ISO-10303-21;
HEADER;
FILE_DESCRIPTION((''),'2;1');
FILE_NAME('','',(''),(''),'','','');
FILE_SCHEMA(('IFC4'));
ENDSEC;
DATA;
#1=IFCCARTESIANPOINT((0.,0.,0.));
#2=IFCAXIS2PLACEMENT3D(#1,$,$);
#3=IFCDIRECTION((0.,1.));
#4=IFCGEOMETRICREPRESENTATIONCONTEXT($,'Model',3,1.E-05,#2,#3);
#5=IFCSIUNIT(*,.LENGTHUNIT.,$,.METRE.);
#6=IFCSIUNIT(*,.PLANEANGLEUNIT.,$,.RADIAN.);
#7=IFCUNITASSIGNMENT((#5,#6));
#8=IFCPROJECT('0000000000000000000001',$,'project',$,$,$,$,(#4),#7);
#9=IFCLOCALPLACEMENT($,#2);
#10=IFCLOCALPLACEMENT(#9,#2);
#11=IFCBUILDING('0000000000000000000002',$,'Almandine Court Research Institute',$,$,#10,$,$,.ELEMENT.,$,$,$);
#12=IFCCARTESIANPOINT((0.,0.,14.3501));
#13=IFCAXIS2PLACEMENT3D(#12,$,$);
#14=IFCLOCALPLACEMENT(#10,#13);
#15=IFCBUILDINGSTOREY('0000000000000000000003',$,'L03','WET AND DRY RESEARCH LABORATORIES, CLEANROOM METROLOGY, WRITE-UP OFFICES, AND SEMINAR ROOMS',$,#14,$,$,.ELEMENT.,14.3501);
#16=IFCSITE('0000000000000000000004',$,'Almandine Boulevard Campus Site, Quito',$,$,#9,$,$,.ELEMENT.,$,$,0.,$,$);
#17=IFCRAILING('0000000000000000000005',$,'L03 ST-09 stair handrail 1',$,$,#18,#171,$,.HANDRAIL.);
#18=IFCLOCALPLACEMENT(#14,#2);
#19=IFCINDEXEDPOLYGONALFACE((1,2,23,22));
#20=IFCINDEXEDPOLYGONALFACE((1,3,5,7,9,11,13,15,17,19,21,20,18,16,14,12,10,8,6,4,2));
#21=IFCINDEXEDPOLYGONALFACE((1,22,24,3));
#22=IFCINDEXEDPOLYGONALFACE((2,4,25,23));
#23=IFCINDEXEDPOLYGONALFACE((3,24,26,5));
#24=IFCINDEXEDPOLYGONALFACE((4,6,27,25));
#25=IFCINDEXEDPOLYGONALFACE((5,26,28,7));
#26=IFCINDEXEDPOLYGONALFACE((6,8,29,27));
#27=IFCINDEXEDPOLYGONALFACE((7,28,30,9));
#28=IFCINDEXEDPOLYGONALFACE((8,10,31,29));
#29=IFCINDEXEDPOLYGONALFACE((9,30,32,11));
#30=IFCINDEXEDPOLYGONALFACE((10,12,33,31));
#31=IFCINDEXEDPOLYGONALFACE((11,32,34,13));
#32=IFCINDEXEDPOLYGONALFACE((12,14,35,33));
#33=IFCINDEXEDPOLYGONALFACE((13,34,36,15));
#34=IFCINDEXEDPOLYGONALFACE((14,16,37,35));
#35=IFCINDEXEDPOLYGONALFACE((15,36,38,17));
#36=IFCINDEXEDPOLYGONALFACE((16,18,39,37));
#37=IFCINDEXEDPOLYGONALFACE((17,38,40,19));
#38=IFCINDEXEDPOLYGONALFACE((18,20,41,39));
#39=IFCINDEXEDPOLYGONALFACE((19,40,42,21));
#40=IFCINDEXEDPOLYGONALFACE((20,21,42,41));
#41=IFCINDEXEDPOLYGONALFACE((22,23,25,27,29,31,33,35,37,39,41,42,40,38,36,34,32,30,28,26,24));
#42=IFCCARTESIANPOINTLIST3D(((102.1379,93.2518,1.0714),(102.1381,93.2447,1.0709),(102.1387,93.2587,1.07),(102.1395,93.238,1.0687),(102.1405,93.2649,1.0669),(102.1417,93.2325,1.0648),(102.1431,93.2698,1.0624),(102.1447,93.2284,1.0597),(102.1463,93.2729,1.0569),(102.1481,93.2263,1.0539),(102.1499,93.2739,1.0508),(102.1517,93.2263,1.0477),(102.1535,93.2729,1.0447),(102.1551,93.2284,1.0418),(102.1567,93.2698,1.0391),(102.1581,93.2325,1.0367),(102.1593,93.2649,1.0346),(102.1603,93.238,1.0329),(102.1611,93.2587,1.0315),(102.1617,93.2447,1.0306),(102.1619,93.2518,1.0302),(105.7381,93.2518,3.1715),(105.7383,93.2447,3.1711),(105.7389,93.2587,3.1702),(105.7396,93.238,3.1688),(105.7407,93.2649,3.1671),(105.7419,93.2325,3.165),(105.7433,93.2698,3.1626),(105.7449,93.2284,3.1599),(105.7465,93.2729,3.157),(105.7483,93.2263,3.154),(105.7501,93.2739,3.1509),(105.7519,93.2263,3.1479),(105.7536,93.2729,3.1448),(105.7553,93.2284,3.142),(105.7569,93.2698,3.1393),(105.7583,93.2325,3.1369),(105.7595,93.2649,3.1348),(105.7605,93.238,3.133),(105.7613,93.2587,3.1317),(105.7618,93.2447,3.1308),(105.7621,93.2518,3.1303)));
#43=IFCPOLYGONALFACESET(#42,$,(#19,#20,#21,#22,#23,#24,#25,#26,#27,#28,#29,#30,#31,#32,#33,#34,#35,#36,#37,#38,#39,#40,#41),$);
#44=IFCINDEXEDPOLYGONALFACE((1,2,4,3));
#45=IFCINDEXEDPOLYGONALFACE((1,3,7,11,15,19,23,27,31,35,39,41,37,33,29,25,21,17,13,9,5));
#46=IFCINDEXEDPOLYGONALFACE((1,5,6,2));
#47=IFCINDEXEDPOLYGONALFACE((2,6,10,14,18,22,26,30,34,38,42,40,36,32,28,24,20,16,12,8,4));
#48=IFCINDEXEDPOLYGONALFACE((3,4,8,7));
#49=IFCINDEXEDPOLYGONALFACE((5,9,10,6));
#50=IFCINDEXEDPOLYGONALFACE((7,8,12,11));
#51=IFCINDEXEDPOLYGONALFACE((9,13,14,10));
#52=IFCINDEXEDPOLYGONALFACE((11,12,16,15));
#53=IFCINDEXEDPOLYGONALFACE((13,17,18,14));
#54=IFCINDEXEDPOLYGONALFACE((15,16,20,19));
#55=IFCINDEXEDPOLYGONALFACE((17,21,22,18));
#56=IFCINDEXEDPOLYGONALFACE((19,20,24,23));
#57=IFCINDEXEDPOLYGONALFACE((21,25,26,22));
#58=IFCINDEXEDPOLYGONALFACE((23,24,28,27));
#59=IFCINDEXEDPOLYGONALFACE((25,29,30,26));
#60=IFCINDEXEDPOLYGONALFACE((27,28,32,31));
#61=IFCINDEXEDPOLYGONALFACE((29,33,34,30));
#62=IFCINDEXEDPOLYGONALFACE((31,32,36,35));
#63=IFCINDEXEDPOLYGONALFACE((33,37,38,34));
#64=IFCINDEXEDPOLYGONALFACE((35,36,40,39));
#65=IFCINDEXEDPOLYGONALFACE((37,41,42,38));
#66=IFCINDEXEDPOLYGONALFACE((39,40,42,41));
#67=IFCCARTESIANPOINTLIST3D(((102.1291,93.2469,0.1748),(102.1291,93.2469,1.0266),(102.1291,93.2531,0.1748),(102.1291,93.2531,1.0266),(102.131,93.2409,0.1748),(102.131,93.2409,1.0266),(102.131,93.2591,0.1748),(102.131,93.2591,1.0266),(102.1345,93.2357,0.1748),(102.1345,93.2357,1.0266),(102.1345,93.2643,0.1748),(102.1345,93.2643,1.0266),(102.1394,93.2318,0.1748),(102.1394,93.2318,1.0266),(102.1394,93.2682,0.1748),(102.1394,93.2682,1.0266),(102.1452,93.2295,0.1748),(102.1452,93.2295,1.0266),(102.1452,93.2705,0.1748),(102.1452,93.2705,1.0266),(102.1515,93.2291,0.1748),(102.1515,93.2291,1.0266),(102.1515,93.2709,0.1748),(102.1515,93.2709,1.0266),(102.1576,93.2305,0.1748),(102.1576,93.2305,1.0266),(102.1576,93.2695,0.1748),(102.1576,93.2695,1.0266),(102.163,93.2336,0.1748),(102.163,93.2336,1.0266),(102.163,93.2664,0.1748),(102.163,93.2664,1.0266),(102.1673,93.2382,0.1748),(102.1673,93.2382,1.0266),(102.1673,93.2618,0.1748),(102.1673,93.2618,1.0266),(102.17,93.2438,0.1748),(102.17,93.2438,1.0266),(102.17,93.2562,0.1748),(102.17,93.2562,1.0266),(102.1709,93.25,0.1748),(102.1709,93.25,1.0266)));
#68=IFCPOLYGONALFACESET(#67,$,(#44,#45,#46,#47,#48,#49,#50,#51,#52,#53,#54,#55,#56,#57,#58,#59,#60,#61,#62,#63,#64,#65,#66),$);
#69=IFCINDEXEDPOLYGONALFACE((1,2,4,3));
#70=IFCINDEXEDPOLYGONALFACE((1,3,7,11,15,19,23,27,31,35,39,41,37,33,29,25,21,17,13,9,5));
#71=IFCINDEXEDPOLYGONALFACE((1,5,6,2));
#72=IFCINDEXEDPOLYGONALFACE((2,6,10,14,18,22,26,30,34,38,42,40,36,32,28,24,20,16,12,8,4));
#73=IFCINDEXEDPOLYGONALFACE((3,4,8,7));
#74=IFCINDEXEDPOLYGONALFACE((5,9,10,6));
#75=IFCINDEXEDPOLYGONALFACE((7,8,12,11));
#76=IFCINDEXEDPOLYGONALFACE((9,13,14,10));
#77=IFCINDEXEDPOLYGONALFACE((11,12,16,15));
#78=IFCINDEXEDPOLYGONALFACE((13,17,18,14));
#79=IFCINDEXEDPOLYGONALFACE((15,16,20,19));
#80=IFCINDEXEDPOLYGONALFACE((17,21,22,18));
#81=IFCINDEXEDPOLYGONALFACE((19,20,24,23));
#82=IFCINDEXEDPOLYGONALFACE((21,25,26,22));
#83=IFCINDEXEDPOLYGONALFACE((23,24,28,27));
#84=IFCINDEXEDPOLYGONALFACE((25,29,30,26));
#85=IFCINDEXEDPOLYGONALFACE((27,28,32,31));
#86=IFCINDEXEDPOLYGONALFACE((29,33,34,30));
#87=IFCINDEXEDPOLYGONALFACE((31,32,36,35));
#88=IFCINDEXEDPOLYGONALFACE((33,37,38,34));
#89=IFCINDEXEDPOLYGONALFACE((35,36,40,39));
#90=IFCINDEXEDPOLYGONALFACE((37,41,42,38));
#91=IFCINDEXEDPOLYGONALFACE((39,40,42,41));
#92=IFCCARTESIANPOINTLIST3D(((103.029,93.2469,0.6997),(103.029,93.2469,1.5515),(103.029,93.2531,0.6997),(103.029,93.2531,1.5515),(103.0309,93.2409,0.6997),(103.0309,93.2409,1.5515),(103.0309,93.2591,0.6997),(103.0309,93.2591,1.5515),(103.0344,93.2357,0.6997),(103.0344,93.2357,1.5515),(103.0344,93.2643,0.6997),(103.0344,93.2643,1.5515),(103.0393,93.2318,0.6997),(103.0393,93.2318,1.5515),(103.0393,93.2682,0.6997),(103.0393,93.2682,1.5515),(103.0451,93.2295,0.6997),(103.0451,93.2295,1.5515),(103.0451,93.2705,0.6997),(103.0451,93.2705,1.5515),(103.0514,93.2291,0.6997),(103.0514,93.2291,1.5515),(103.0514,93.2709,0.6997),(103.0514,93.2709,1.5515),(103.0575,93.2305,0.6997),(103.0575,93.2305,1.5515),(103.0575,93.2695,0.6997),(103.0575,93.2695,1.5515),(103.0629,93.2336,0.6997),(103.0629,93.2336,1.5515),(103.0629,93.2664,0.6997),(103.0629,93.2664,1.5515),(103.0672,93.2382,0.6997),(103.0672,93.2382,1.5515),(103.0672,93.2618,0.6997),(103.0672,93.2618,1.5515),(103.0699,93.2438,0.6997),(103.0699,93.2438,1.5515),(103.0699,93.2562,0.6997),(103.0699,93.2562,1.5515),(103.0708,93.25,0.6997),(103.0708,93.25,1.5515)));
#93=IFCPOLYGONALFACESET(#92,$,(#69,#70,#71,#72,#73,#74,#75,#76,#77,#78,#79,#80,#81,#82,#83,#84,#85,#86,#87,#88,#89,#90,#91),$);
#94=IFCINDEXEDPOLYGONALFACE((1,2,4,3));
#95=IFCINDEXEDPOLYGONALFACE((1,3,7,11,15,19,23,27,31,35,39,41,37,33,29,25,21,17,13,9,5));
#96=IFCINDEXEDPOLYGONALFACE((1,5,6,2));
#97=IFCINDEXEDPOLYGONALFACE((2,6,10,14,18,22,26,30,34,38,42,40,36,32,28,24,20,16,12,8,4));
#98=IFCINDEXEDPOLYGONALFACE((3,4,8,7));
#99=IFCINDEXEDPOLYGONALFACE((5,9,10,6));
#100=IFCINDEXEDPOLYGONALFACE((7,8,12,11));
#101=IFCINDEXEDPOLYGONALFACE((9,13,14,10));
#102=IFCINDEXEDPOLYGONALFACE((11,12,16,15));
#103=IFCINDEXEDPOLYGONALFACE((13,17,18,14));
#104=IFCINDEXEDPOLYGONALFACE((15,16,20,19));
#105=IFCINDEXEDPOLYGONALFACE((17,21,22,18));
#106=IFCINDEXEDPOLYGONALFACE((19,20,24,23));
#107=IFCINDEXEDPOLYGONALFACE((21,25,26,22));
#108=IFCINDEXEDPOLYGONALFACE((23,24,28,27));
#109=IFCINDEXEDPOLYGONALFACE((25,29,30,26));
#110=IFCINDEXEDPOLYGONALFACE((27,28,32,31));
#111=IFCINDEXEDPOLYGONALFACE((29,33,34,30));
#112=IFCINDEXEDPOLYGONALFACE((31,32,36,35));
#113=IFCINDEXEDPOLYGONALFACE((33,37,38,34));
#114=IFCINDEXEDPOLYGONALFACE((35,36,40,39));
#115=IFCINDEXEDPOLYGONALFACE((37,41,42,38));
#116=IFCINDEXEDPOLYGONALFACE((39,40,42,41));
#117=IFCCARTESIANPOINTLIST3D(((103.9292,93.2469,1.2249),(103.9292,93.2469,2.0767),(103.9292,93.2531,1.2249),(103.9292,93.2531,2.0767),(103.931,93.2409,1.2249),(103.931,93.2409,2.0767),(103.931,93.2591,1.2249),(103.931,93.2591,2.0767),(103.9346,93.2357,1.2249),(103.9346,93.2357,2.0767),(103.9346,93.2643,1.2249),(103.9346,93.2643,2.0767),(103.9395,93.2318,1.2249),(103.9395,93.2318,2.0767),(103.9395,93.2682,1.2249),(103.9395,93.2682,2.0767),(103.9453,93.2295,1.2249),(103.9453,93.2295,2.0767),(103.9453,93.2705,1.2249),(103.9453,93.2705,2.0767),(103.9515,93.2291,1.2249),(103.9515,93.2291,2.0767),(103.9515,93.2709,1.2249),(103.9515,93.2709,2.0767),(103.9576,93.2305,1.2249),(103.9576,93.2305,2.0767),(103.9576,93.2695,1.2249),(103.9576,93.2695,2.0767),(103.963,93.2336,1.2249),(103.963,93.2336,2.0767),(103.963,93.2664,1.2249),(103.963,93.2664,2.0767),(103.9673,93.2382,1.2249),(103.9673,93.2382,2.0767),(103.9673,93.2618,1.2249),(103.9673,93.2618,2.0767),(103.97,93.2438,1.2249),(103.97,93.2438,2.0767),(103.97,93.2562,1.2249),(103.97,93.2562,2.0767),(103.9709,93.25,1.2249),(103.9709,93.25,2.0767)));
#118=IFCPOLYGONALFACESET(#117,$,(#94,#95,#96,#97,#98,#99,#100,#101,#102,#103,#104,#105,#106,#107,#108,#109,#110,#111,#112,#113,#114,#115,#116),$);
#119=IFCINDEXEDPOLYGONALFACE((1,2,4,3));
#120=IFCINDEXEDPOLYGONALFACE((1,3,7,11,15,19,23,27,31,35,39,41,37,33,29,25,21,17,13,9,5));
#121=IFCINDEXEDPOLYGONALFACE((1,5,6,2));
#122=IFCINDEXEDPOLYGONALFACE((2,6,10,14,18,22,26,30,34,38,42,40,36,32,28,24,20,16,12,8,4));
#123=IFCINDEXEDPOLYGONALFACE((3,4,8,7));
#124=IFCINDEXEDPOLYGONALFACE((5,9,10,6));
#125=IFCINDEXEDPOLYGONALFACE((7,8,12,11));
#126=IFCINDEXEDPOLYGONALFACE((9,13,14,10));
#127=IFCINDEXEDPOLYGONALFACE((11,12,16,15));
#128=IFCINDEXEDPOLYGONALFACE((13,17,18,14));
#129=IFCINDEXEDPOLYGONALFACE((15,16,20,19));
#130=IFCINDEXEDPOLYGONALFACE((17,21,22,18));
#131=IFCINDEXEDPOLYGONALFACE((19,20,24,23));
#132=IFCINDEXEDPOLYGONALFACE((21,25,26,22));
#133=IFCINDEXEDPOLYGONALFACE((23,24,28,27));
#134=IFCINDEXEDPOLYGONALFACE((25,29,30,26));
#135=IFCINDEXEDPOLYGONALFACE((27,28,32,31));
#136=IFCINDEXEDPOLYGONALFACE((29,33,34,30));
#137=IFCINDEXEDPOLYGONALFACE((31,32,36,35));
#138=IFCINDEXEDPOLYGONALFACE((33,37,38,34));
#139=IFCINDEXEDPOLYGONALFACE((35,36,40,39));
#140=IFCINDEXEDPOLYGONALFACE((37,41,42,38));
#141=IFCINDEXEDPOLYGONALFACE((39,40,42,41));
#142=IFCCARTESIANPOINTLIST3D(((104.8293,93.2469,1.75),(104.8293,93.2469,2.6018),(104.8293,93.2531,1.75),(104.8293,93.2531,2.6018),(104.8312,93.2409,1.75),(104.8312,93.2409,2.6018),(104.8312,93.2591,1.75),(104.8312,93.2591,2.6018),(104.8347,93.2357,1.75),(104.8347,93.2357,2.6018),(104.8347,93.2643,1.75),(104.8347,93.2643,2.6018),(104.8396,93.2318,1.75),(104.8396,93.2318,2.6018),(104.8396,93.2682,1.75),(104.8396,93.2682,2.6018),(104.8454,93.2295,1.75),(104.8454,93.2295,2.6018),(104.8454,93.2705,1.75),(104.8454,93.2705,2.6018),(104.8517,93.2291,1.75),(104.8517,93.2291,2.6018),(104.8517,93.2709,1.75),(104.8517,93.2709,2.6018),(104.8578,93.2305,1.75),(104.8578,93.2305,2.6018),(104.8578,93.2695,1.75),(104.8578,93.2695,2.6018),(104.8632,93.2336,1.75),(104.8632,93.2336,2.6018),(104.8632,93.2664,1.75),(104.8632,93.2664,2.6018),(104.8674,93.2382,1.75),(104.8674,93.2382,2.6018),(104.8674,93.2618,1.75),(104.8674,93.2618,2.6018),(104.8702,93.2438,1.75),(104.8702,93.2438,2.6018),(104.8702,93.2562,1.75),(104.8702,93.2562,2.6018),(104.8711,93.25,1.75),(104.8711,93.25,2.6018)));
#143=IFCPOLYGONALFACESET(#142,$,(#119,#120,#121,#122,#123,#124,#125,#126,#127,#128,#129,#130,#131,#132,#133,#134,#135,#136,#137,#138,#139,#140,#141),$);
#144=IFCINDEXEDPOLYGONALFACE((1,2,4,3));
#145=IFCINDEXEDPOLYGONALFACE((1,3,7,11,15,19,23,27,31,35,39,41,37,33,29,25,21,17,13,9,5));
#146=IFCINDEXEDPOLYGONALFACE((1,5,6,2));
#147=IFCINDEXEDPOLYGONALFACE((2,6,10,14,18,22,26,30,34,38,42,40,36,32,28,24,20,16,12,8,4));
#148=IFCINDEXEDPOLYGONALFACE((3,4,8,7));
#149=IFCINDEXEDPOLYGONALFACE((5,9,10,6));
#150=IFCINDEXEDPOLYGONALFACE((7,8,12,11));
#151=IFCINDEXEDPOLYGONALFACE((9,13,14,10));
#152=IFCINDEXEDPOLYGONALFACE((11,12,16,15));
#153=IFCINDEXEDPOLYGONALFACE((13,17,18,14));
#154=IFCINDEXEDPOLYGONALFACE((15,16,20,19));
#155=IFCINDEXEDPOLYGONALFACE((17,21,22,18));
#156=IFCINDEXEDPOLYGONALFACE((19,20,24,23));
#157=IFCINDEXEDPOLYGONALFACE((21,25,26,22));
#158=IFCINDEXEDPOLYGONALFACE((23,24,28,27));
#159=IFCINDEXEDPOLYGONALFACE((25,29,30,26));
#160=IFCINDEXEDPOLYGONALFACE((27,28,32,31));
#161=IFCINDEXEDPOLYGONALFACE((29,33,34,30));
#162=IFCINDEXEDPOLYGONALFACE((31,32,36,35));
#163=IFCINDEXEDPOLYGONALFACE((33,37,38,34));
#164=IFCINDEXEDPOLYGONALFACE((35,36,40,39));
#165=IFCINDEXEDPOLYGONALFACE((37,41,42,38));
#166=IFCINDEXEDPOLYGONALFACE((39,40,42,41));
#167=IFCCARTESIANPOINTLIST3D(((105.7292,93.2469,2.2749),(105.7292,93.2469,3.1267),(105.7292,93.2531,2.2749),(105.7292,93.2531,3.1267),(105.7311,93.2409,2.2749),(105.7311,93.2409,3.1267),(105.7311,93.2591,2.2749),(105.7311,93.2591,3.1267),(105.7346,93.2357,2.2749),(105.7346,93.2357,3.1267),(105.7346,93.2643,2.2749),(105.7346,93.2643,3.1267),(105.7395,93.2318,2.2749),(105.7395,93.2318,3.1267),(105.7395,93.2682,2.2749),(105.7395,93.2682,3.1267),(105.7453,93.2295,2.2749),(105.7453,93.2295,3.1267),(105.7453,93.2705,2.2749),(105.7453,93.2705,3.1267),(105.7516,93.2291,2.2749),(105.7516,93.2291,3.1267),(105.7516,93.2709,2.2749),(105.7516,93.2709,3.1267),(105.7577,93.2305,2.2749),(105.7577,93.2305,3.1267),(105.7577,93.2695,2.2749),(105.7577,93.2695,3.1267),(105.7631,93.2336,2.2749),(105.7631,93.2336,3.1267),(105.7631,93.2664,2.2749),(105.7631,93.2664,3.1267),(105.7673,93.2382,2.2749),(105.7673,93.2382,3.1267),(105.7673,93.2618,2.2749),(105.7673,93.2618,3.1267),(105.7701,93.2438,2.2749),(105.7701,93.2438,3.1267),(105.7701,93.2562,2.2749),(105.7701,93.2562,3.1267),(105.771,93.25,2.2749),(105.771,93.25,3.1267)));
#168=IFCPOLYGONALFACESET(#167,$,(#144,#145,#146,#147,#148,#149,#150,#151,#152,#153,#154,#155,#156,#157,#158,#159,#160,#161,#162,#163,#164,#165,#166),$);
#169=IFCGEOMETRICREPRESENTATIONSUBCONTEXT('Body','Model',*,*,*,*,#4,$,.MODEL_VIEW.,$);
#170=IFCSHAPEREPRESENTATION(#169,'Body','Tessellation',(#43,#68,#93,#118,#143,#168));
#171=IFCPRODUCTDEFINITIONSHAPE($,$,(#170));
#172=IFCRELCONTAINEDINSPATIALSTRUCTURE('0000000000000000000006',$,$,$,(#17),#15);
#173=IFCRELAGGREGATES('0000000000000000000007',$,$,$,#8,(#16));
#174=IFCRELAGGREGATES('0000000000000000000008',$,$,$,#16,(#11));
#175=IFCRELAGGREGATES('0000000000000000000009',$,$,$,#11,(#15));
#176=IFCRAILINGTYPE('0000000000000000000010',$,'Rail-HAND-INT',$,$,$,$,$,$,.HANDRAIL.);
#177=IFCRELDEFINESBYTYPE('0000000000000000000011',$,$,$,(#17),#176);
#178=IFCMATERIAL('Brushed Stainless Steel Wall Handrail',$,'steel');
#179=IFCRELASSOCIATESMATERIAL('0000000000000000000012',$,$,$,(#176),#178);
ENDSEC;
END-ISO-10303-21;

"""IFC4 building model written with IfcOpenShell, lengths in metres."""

from ifc_helpers import new_model, si_unit, direction, frame, origin, origin_2d, place, context, subcontext, project, spatial, circle, extrude, material, type_object, element, save


model = new_model("IFC4")

# Units and contexts
model_context = context("Model", 3, precision=1e-05, world=origin(), true_north=direction((0.0, 1.0)))
body_context = subcontext(model_context, "Body", "Model", "MODEL_VIEW")
ifc_project = project(units=[si_unit("LENGTHUNIT", "METRE"), si_unit("PLANEANGLEUNIT", "RADIAN")], contexts=[model_context])

# Site, building, storey
site_placement = place(None, origin())
site = spatial("IfcSite", under=ifc_project, at=site_placement, Name="Almandine Boulevard Campus Site, Quito", CompositionType="ELEMENT", RefElevation=0.0)
building_placement = place(site_placement, origin())
building = spatial("IfcBuilding", under=site, at=building_placement, Name="Almandine Court Research Institute", CompositionType="ELEMENT")
storey_placement = place(building_placement, frame((0.0, 0.0, 14.3501)))
storey = spatial("IfcBuildingStorey", under=building, at=storey_placement, Name="L03", Description="WET AND DRY RESEARCH LABORATORIES, CLEANROOM METROLOGY, WRITE-UP OFFICES, AND SEMINAR ROOMS", CompositionType="ELEMENT", Elevation=14.3501)

# Railing
ifc_material_1 = material(Name="Brushed Stainless Steel Wall Handrail", Category="steel")
railing_type_1 = type_object("IfcRailingType", Name="Rail-HAND-INT", PredefinedType="HANDRAIL", material=ifc_material_1)
railing_1_placement = place(storey_placement, frame((102.1499, 93.25, 0.1748)))
element("IfcRailing", 1, at=railing_1_placement, inside=storey, type_object=railing_type_1, Name="L03 ST-09 stair handrail 1", PredefinedType="HANDRAIL", context=body_context, shape_type="SweptSolid", body=[
    extrude(circle(Radius=0.0239, at=origin_2d()), frame((0.0, 0.0, 0.876), z_axis=(0.863775, 0.0, 0.503878), x_axis=(0.0, 1.0, 0.0)), (0.0, 0.0, 1.0), 4.168),
    extrude(circle(Radius=0.021, at=origin_2d()), origin(), (0.0, 0.0, 1.0), 0.8518),
    extrude(circle(Radius=0.021, at=origin_2d()), frame((0.8999, 0.0, 0.5249)), (0.0, 0.0, 1.0), 0.8518),
    extrude(circle(Radius=0.021, at=origin_2d()), frame((1.8, 0.0, 1.05)), (0.0, 0.0, 1.0), 0.8518),
    extrude(circle(Radius=0.021, at=origin_2d()), frame((2.7002, 0.0, 1.5752)), (0.0, 0.0, 1.0), 0.8518),
    extrude(circle(Radius=0.021, at=origin_2d()), frame((3.6001, 0.0, 2.1001)), (0.0, 0.0, 1.0), 0.8518),
])

save(model, "model.ifc")
